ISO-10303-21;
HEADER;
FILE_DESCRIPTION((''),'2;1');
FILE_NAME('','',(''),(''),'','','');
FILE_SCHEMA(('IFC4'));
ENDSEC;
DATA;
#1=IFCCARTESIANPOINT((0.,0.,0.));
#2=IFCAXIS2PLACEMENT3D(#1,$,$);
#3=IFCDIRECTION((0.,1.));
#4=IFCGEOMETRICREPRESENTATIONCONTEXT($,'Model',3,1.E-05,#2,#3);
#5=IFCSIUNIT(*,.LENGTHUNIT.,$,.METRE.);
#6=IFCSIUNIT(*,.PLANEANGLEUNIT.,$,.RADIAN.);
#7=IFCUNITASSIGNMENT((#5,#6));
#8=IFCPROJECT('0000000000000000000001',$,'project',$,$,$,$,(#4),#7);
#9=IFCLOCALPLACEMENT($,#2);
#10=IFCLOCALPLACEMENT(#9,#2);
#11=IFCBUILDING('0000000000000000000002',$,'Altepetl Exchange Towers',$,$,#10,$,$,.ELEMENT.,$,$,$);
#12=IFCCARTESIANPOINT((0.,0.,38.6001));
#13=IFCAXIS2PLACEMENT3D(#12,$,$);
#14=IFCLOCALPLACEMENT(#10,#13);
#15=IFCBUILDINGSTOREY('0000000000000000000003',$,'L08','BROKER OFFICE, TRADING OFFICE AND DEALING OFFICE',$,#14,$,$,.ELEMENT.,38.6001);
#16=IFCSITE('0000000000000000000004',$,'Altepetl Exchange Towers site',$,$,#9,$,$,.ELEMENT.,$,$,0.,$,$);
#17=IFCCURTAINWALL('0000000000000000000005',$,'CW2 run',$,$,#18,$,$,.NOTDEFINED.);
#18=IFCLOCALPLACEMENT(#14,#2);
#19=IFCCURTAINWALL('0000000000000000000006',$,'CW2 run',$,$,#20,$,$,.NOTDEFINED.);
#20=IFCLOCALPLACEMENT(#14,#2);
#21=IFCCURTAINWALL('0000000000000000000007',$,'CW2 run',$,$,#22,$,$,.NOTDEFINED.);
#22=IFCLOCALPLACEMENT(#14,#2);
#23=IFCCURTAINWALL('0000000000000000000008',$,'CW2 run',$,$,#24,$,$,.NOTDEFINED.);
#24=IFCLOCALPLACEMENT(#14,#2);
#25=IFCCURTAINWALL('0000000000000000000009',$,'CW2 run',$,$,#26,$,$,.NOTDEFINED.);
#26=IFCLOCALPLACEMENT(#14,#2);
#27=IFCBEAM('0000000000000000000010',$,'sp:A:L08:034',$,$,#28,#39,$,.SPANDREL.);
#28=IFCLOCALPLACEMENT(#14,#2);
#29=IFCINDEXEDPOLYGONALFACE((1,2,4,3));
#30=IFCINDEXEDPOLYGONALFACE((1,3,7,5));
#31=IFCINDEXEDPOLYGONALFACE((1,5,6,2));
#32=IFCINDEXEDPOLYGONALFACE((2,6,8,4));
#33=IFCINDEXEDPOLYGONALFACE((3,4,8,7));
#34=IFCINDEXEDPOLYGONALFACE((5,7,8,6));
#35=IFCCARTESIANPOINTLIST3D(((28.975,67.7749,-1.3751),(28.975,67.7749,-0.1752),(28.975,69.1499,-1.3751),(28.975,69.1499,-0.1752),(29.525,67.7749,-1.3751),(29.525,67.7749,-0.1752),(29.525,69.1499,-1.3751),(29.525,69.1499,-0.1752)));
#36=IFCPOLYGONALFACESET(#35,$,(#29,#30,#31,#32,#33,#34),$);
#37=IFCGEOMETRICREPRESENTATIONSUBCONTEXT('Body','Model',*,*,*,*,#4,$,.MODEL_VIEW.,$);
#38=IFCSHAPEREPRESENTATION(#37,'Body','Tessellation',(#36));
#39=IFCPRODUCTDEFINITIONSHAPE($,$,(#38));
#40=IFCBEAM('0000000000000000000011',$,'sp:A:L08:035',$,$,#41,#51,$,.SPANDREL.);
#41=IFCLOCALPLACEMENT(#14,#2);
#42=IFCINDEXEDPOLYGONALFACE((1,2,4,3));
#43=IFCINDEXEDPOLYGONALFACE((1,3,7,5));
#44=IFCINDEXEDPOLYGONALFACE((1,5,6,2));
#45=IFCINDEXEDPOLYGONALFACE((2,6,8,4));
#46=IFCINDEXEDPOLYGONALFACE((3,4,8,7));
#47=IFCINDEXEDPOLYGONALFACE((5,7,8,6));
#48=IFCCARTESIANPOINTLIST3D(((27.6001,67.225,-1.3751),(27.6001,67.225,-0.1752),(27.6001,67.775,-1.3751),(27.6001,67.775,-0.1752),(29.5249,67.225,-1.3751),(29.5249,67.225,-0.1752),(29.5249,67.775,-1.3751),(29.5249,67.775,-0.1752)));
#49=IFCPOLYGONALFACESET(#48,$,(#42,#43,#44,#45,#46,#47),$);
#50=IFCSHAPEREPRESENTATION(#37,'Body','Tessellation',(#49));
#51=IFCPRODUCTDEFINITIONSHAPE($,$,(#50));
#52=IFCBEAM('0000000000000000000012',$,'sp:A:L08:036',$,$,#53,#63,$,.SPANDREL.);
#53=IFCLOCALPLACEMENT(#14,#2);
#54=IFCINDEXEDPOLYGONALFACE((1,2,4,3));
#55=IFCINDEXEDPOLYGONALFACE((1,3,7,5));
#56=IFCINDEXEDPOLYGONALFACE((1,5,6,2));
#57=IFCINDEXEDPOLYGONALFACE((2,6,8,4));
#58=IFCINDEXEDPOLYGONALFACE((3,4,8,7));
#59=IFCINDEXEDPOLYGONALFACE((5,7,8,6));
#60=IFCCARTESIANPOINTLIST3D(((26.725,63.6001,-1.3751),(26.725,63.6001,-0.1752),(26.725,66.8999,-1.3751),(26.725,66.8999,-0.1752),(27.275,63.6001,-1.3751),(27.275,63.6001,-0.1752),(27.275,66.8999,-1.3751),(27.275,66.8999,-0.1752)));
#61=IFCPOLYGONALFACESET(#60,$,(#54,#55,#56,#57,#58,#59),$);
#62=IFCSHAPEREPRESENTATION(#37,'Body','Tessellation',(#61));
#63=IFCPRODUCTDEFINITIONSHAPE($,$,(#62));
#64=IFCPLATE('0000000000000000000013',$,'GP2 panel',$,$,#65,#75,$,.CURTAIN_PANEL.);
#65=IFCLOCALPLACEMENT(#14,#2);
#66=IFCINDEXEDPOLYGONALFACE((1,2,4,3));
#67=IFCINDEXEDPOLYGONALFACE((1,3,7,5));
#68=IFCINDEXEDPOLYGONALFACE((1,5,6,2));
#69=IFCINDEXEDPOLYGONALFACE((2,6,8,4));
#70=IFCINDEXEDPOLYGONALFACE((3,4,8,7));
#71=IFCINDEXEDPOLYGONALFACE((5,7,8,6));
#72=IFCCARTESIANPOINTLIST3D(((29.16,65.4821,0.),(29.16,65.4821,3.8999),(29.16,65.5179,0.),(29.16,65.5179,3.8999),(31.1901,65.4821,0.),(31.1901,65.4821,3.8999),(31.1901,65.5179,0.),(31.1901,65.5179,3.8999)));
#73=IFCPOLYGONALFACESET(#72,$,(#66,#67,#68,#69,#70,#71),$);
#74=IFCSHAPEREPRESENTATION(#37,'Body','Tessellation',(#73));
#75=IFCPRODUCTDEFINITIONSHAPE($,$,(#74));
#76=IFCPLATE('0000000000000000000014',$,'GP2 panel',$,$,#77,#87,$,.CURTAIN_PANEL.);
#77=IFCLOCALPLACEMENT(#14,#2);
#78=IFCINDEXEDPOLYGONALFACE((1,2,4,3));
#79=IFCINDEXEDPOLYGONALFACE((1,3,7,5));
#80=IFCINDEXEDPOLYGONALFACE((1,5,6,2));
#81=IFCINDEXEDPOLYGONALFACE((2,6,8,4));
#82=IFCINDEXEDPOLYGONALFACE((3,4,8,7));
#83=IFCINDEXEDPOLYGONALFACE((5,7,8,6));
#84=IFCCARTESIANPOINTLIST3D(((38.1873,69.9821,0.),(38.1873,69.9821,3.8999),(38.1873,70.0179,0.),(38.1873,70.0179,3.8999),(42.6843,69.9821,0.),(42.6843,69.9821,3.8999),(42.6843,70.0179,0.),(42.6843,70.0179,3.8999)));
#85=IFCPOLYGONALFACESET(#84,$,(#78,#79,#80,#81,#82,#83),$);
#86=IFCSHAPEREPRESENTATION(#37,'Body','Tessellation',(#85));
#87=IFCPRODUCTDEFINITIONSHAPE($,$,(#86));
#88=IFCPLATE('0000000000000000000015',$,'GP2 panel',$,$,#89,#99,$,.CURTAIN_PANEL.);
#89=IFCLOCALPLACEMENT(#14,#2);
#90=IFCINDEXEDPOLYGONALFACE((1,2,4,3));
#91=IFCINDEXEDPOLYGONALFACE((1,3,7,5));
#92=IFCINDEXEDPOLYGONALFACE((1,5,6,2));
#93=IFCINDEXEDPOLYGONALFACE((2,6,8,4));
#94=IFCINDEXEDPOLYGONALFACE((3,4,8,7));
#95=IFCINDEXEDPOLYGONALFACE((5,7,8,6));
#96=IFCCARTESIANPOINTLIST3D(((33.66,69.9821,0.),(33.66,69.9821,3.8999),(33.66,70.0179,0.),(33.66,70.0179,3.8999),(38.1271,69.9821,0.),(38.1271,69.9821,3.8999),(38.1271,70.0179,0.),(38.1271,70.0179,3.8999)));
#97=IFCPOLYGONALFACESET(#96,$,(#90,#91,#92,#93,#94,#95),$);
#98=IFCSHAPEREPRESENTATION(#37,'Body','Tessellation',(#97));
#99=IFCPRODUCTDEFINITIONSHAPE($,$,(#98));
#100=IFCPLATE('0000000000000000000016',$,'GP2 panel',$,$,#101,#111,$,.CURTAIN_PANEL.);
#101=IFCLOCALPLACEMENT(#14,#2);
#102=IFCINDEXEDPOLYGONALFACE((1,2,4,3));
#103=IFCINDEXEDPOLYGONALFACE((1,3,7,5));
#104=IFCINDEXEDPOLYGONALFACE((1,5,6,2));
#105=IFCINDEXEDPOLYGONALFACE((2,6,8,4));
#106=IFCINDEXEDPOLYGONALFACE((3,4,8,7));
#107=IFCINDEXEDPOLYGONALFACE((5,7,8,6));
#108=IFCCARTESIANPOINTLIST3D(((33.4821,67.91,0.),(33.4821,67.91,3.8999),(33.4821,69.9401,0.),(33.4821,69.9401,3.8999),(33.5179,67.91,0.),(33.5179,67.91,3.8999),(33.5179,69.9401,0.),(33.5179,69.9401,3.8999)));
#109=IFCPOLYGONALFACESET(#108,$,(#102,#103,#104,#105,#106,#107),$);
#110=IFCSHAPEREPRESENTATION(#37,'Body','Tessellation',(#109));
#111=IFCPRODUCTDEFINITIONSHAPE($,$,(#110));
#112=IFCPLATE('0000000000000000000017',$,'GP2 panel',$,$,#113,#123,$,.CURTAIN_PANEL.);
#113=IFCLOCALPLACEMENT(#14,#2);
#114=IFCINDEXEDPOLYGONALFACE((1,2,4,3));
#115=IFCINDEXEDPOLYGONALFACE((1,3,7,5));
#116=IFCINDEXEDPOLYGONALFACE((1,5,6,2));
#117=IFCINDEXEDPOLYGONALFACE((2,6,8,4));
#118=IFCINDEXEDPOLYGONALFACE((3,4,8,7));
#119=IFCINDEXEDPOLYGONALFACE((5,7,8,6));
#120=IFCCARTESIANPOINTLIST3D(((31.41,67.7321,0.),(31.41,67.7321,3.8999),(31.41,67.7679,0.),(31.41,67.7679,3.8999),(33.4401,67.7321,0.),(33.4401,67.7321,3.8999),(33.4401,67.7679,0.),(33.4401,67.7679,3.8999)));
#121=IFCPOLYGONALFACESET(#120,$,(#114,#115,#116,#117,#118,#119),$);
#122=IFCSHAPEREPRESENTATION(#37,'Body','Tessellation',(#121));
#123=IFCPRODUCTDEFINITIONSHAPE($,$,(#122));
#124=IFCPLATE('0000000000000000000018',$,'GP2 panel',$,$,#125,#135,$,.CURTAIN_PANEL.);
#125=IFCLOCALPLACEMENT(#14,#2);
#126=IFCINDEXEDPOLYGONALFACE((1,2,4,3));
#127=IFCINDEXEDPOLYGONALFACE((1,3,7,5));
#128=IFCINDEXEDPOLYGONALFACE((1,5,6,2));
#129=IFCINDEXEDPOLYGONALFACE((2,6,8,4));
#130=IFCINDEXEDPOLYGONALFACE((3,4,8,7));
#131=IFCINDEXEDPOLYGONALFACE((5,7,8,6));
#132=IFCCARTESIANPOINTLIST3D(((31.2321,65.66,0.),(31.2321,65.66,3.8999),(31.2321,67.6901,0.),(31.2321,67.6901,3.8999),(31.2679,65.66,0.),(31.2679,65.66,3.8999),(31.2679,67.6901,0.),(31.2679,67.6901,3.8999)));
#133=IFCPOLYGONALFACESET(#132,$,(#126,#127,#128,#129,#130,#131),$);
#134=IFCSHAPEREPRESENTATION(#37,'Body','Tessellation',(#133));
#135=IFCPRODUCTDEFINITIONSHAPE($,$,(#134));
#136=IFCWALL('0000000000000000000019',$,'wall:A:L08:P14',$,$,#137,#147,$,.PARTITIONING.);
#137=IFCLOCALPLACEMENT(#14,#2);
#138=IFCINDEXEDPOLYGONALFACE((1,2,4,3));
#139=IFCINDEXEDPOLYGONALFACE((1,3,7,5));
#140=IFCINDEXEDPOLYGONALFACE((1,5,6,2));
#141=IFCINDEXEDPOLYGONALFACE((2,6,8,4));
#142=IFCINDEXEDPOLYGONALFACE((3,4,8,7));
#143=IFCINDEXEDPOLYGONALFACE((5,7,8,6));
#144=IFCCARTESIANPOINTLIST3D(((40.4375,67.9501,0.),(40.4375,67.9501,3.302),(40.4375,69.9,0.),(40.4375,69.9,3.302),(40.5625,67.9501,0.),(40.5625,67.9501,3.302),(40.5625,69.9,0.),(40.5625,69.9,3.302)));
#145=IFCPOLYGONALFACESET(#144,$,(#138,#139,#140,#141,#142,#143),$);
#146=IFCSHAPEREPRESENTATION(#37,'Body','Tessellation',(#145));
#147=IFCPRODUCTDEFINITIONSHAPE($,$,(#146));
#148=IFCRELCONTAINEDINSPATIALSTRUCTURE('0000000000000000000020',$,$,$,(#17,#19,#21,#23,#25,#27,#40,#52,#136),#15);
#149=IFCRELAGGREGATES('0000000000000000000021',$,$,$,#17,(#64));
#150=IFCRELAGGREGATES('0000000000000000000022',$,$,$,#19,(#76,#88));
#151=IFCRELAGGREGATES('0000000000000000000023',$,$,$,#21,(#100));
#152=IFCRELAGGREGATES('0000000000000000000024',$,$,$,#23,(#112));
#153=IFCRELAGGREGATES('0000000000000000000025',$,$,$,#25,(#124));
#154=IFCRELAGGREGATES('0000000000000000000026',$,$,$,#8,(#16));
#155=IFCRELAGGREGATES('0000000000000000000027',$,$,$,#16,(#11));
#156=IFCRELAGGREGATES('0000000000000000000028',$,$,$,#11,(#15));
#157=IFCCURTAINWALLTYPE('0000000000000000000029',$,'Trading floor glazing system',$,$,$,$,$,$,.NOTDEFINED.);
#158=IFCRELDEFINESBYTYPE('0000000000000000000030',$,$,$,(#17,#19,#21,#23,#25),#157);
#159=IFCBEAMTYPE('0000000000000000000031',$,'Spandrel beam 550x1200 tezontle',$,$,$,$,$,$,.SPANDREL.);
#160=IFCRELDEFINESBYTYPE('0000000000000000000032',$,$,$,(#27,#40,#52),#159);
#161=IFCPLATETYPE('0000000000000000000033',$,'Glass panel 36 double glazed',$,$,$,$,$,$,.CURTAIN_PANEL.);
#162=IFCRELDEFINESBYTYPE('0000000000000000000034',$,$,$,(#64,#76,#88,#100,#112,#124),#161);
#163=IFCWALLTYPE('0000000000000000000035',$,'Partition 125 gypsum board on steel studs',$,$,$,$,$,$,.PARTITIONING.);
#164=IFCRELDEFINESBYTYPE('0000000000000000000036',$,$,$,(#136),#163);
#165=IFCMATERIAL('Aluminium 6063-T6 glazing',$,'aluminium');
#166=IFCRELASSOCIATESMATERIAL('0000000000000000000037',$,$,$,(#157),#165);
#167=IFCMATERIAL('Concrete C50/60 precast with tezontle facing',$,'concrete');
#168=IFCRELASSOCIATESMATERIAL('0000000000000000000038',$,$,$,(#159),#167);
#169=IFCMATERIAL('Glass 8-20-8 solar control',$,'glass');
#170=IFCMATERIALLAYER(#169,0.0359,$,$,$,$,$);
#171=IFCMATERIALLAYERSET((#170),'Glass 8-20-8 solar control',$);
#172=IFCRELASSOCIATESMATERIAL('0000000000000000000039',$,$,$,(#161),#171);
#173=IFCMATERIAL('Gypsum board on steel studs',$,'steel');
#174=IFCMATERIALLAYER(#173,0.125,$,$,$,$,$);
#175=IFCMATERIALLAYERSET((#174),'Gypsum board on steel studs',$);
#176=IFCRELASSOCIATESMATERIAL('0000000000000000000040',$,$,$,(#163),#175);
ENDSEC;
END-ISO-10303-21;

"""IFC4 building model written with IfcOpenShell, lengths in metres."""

from ifc_helpers import new_model, si_unit, direction, frame, frame_2d, origin, origin_2d, place, context, subcontext, project, spatial, rectangle, extrude, material, layer, layer_set, material_profile, profile_set, type_object, element, aggregate, save


model = new_model("IFC4")

# Units and contexts
model_context = context("Model", 3, precision=1e-05, world=origin(), true_north=direction((0.0, 1.0)))
body_context = subcontext(model_context, "Body", "Model", "MODEL_VIEW")
ifc_project = project(units=[si_unit("LENGTHUNIT", "METRE"), si_unit("PLANEANGLEUNIT", "RADIAN")], contexts=[model_context])

# Site, building, storey
site_placement = place(None, origin())
site = spatial("IfcSite", under=ifc_project, at=site_placement, Name="Altepetl Exchange Towers site", CompositionType="ELEMENT", RefElevation=0.0)
building_placement = place(site_placement, origin())
building = spatial("IfcBuilding", under=site, at=building_placement, Name="Altepetl Exchange Towers", CompositionType="ELEMENT")
storey_placement = place(building_placement, frame((0.0, 0.0, 38.6001)))
storey = spatial("IfcBuildingStorey", under=building, at=storey_placement, Name="L08", Description="BROKER OFFICE, TRADING OFFICE AND DEALING OFFICE", CompositionType="ELEMENT", Elevation=38.6001)

# Curtain walls
ifc_material_1 = material(Name="Aluminium 6063-T6 glazing", Category="aluminium")
curtain_wall_type = type_object("IfcCurtainWallType", Name="Trading floor glazing system", PredefinedType="NOTDEFINED", material=ifc_material_1)
curtain_wall_1_placement = place(storey_placement, origin())
curtain_wall_1 = element("IfcCurtainWall", 1, at=curtain_wall_1_placement, inside=storey, type_object=curtain_wall_type, Name="CW2 run", PredefinedType="NOTDEFINED")
curtain_wall_2_placement = place(storey_placement, origin())
curtain_wall_2 = element("IfcCurtainWall", 2, at=curtain_wall_2_placement, inside=storey, type_object=curtain_wall_type, Name="CW2 run", PredefinedType="NOTDEFINED")
curtain_wall_3_placement = place(storey_placement, origin())
curtain_wall_3 = element("IfcCurtainWall", 3, at=curtain_wall_3_placement, inside=storey, type_object=curtain_wall_type, Name="CW2 run", PredefinedType="NOTDEFINED")
curtain_wall_4_placement = place(storey_placement, origin())
curtain_wall_4 = element("IfcCurtainWall", 4, at=curtain_wall_4_placement, inside=storey, type_object=curtain_wall_type, Name="CW2 run", PredefinedType="NOTDEFINED")
curtain_wall_5_placement = place(storey_placement, origin())
curtain_wall_5 = element("IfcCurtainWall", 5, at=curtain_wall_5_placement, inside=storey, type_object=curtain_wall_type, Name="CW2 run", PredefinedType="NOTDEFINED")

# Beams
ifc_material_2 = material(Name="Concrete C50/60 precast with tezontle facing", Category="concrete")
ifc_material_profile_1 = material_profile(ifc_material_2, rectangle(XDim=0.55, YDim=1.2, at=origin_2d()), Name="550 x 1200")
ifc_profile_set_1 = profile_set([ifc_material_profile_1], Name="Concrete C50/60 precast with tezontle facing")
beam_type_1 = type_object("IfcBeamType", Name="Spandrel beam 550x1200 tezontle", PredefinedType="SPANDREL", material=ifc_profile_set_1)
beam_1_placement = place(storey_placement, frame((29.25, 69.1499, -0.7751), z_axis=(0.0, -1.0, 0.0), x_axis=(1.0, 0.0, 0.0)))
element("IfcBeam", 6, at=beam_1_placement, inside=storey, type_object=beam_type_1, Name="sp:A:L08:034", PredefinedType="SPANDREL", context=body_context, shape_type="SweptSolid", body=[
    extrude(rectangle(XDim=0.55, YDim=1.2, at=origin_2d()), origin(), (0.0, 0.0, 1.0), 1.375),
])
beam_2_placement = place(storey_placement, frame((29.5249, 67.5, -0.7751), z_axis=(-1.0, 0.0, 0.0), x_axis=(0.0, -1.0, 0.0)))
element("IfcBeam", 7, at=beam_2_placement, inside=storey, type_object=beam_type_1, Name="sp:A:L08:035", PredefinedType="SPANDREL", context=body_context, shape_type="SweptSolid", body=[
    extrude(rectangle(XDim=0.55, YDim=1.2, at=origin_2d()), origin(), (0.0, 0.0, 1.0), 1.9248),
])
beam_3_placement = place(storey_placement, frame((27.0, 66.8999, -0.7751), z_axis=(0.0, -1.0, 0.0), x_axis=(1.0, 0.0, 0.0)))
element("IfcBeam", 8, at=beam_3_placement, inside=storey, type_object=beam_type_1, Name="sp:A:L08:036", PredefinedType="SPANDREL", context=body_context, shape_type="SweptSolid", body=[
    extrude(rectangle(XDim=0.55, YDim=1.2, at=origin_2d()), origin(), (0.0, 0.0, 1.0), 3.2998),
])

# Plates
ifc_material_3 = material(Name="Glass 8-20-8 solar control", Category="glass")
ifc_layer_1 = layer(ifc_material_3, 0.0359)
ifc_layer_set_1 = layer_set([ifc_layer_1], Name="Glass 8-20-8 solar control")
plate_type = type_object("IfcPlateType", Name="Glass panel 36 double glazed", PredefinedType="CURTAIN_PANEL", material=ifc_layer_set_1)
plate_1_placement = place(storey_placement, frame((30.175, 65.5, 0.0), z_axis=(0.0, 0.0, 1.0), x_axis=(-1.0, 0.0, 0.0)))
plate_1 = element("IfcPlate", 9, at=plate_1_placement, type_object=plate_type, Name="GP2 panel", PredefinedType="CURTAIN_PANEL", context=body_context, shape_type="SweptSolid", body=[
    extrude(rectangle(XDim=2.03, YDim=0.0359, at=origin_2d()), origin(), (0.0, 0.0, 1.0), 3.8999),
])
aggregate(curtain_wall_1, [plate_1])
plate_2_placement = place(storey_placement, frame((40.4358, 70.0, 0.0), z_axis=(0.0, 0.0, 1.0), x_axis=(-1.0, 0.0, 0.0)))
plate_2 = element("IfcPlate", 10, at=plate_2_placement, type_object=plate_type, Name="GP2 panel", PredefinedType="CURTAIN_PANEL", context=body_context, shape_type="SweptSolid", body=[
    extrude(rectangle(XDim=4.4971, YDim=0.0359, at=origin_2d()), origin(), (0.0, 0.0, 1.0), 3.8999),
])
plate_3_placement = place(storey_placement, frame((35.8936, 70.0, 0.0), z_axis=(0.0, 0.0, 1.0), x_axis=(-1.0, 0.0, 0.0)))
plate_3 = element("IfcPlate", 11, at=plate_3_placement, type_object=plate_type, Name="GP2 panel", PredefinedType="CURTAIN_PANEL", context=body_context, shape_type="SweptSolid", body=[
    extrude(rectangle(XDim=4.467, YDim=0.0359, at=origin_2d()), origin(), (0.0, 0.0, 1.0), 3.8999),
])
aggregate(curtain_wall_2, [plate_2, plate_3])
plate_4_placement = place(storey_placement, frame((33.5, 68.925, 0.0), z_axis=(0.0, 0.0, 1.0), x_axis=(0.0, -1.0, 0.0)))
plate_4 = element("IfcPlate", 12, at=plate_4_placement, type_object=plate_type, Name="GP2 panel", PredefinedType="CURTAIN_PANEL", context=body_context, shape_type="SweptSolid", body=[
    extrude(rectangle(XDim=2.03, YDim=0.0359, at=origin_2d()), origin(), (0.0, 0.0, 1.0), 3.8999),
])
aggregate(curtain_wall_3, [plate_4])
plate_5_placement = place(storey_placement, frame((32.425, 67.75, 0.0), z_axis=(0.0, 0.0, 1.0), x_axis=(-1.0, 0.0, 0.0)))
plate_5 = element("IfcPlate", 13, at=plate_5_placement, type_object=plate_type, Name="GP2 panel", PredefinedType="CURTAIN_PANEL", context=body_context, shape_type="SweptSolid", body=[
    extrude(rectangle(XDim=2.03, YDim=0.0359, at=origin_2d()), origin(), (0.0, 0.0, 1.0), 3.8999),
])
aggregate(curtain_wall_4, [plate_5])
plate_6_placement = place(storey_placement, frame((31.25, 66.675, 0.0), z_axis=(0.0, 0.0, 1.0), x_axis=(0.0, -1.0, 0.0)))
plate_6 = element("IfcPlate", 14, at=plate_6_placement, type_object=plate_type, Name="GP2 panel", PredefinedType="CURTAIN_PANEL", context=body_context, shape_type="SweptSolid", body=[
    extrude(rectangle(XDim=2.03, YDim=0.0359, at=origin_2d()), origin(), (0.0, 0.0, 1.0), 3.8999),
])
aggregate(curtain_wall_5, [plate_6])

# Wall
ifc_material_4 = material(Name="Gypsum board on steel studs", Category="steel")
ifc_layer_2 = layer(ifc_material_4, 0.125)
ifc_layer_set_2 = layer_set([ifc_layer_2], Name="Gypsum board on steel studs")
wall_type = type_object("IfcWallType", Name="Partition 125 gypsum board on steel studs", PredefinedType="PARTITIONING", material=ifc_layer_set_2)
wall_placement = place(storey_placement, frame((40.5, 67.95, 0.0), z_axis=(0.0, 0.0, 1.0), x_axis=(0.0, 1.0, 0.0)))
element("IfcWall", 15, at=wall_placement, inside=storey, type_object=wall_type, Name="wall:A:L08:P14", PredefinedType="PARTITIONING", context=body_context, shape_type="SweptSolid", body=[
    extrude(rectangle(XDim=1.95, YDim=0.125, at=frame_2d((0.9751, 0.0))), origin(), (0.0, 0.0, 1.0), 3.302),
])

save(model, "model.ifc")
